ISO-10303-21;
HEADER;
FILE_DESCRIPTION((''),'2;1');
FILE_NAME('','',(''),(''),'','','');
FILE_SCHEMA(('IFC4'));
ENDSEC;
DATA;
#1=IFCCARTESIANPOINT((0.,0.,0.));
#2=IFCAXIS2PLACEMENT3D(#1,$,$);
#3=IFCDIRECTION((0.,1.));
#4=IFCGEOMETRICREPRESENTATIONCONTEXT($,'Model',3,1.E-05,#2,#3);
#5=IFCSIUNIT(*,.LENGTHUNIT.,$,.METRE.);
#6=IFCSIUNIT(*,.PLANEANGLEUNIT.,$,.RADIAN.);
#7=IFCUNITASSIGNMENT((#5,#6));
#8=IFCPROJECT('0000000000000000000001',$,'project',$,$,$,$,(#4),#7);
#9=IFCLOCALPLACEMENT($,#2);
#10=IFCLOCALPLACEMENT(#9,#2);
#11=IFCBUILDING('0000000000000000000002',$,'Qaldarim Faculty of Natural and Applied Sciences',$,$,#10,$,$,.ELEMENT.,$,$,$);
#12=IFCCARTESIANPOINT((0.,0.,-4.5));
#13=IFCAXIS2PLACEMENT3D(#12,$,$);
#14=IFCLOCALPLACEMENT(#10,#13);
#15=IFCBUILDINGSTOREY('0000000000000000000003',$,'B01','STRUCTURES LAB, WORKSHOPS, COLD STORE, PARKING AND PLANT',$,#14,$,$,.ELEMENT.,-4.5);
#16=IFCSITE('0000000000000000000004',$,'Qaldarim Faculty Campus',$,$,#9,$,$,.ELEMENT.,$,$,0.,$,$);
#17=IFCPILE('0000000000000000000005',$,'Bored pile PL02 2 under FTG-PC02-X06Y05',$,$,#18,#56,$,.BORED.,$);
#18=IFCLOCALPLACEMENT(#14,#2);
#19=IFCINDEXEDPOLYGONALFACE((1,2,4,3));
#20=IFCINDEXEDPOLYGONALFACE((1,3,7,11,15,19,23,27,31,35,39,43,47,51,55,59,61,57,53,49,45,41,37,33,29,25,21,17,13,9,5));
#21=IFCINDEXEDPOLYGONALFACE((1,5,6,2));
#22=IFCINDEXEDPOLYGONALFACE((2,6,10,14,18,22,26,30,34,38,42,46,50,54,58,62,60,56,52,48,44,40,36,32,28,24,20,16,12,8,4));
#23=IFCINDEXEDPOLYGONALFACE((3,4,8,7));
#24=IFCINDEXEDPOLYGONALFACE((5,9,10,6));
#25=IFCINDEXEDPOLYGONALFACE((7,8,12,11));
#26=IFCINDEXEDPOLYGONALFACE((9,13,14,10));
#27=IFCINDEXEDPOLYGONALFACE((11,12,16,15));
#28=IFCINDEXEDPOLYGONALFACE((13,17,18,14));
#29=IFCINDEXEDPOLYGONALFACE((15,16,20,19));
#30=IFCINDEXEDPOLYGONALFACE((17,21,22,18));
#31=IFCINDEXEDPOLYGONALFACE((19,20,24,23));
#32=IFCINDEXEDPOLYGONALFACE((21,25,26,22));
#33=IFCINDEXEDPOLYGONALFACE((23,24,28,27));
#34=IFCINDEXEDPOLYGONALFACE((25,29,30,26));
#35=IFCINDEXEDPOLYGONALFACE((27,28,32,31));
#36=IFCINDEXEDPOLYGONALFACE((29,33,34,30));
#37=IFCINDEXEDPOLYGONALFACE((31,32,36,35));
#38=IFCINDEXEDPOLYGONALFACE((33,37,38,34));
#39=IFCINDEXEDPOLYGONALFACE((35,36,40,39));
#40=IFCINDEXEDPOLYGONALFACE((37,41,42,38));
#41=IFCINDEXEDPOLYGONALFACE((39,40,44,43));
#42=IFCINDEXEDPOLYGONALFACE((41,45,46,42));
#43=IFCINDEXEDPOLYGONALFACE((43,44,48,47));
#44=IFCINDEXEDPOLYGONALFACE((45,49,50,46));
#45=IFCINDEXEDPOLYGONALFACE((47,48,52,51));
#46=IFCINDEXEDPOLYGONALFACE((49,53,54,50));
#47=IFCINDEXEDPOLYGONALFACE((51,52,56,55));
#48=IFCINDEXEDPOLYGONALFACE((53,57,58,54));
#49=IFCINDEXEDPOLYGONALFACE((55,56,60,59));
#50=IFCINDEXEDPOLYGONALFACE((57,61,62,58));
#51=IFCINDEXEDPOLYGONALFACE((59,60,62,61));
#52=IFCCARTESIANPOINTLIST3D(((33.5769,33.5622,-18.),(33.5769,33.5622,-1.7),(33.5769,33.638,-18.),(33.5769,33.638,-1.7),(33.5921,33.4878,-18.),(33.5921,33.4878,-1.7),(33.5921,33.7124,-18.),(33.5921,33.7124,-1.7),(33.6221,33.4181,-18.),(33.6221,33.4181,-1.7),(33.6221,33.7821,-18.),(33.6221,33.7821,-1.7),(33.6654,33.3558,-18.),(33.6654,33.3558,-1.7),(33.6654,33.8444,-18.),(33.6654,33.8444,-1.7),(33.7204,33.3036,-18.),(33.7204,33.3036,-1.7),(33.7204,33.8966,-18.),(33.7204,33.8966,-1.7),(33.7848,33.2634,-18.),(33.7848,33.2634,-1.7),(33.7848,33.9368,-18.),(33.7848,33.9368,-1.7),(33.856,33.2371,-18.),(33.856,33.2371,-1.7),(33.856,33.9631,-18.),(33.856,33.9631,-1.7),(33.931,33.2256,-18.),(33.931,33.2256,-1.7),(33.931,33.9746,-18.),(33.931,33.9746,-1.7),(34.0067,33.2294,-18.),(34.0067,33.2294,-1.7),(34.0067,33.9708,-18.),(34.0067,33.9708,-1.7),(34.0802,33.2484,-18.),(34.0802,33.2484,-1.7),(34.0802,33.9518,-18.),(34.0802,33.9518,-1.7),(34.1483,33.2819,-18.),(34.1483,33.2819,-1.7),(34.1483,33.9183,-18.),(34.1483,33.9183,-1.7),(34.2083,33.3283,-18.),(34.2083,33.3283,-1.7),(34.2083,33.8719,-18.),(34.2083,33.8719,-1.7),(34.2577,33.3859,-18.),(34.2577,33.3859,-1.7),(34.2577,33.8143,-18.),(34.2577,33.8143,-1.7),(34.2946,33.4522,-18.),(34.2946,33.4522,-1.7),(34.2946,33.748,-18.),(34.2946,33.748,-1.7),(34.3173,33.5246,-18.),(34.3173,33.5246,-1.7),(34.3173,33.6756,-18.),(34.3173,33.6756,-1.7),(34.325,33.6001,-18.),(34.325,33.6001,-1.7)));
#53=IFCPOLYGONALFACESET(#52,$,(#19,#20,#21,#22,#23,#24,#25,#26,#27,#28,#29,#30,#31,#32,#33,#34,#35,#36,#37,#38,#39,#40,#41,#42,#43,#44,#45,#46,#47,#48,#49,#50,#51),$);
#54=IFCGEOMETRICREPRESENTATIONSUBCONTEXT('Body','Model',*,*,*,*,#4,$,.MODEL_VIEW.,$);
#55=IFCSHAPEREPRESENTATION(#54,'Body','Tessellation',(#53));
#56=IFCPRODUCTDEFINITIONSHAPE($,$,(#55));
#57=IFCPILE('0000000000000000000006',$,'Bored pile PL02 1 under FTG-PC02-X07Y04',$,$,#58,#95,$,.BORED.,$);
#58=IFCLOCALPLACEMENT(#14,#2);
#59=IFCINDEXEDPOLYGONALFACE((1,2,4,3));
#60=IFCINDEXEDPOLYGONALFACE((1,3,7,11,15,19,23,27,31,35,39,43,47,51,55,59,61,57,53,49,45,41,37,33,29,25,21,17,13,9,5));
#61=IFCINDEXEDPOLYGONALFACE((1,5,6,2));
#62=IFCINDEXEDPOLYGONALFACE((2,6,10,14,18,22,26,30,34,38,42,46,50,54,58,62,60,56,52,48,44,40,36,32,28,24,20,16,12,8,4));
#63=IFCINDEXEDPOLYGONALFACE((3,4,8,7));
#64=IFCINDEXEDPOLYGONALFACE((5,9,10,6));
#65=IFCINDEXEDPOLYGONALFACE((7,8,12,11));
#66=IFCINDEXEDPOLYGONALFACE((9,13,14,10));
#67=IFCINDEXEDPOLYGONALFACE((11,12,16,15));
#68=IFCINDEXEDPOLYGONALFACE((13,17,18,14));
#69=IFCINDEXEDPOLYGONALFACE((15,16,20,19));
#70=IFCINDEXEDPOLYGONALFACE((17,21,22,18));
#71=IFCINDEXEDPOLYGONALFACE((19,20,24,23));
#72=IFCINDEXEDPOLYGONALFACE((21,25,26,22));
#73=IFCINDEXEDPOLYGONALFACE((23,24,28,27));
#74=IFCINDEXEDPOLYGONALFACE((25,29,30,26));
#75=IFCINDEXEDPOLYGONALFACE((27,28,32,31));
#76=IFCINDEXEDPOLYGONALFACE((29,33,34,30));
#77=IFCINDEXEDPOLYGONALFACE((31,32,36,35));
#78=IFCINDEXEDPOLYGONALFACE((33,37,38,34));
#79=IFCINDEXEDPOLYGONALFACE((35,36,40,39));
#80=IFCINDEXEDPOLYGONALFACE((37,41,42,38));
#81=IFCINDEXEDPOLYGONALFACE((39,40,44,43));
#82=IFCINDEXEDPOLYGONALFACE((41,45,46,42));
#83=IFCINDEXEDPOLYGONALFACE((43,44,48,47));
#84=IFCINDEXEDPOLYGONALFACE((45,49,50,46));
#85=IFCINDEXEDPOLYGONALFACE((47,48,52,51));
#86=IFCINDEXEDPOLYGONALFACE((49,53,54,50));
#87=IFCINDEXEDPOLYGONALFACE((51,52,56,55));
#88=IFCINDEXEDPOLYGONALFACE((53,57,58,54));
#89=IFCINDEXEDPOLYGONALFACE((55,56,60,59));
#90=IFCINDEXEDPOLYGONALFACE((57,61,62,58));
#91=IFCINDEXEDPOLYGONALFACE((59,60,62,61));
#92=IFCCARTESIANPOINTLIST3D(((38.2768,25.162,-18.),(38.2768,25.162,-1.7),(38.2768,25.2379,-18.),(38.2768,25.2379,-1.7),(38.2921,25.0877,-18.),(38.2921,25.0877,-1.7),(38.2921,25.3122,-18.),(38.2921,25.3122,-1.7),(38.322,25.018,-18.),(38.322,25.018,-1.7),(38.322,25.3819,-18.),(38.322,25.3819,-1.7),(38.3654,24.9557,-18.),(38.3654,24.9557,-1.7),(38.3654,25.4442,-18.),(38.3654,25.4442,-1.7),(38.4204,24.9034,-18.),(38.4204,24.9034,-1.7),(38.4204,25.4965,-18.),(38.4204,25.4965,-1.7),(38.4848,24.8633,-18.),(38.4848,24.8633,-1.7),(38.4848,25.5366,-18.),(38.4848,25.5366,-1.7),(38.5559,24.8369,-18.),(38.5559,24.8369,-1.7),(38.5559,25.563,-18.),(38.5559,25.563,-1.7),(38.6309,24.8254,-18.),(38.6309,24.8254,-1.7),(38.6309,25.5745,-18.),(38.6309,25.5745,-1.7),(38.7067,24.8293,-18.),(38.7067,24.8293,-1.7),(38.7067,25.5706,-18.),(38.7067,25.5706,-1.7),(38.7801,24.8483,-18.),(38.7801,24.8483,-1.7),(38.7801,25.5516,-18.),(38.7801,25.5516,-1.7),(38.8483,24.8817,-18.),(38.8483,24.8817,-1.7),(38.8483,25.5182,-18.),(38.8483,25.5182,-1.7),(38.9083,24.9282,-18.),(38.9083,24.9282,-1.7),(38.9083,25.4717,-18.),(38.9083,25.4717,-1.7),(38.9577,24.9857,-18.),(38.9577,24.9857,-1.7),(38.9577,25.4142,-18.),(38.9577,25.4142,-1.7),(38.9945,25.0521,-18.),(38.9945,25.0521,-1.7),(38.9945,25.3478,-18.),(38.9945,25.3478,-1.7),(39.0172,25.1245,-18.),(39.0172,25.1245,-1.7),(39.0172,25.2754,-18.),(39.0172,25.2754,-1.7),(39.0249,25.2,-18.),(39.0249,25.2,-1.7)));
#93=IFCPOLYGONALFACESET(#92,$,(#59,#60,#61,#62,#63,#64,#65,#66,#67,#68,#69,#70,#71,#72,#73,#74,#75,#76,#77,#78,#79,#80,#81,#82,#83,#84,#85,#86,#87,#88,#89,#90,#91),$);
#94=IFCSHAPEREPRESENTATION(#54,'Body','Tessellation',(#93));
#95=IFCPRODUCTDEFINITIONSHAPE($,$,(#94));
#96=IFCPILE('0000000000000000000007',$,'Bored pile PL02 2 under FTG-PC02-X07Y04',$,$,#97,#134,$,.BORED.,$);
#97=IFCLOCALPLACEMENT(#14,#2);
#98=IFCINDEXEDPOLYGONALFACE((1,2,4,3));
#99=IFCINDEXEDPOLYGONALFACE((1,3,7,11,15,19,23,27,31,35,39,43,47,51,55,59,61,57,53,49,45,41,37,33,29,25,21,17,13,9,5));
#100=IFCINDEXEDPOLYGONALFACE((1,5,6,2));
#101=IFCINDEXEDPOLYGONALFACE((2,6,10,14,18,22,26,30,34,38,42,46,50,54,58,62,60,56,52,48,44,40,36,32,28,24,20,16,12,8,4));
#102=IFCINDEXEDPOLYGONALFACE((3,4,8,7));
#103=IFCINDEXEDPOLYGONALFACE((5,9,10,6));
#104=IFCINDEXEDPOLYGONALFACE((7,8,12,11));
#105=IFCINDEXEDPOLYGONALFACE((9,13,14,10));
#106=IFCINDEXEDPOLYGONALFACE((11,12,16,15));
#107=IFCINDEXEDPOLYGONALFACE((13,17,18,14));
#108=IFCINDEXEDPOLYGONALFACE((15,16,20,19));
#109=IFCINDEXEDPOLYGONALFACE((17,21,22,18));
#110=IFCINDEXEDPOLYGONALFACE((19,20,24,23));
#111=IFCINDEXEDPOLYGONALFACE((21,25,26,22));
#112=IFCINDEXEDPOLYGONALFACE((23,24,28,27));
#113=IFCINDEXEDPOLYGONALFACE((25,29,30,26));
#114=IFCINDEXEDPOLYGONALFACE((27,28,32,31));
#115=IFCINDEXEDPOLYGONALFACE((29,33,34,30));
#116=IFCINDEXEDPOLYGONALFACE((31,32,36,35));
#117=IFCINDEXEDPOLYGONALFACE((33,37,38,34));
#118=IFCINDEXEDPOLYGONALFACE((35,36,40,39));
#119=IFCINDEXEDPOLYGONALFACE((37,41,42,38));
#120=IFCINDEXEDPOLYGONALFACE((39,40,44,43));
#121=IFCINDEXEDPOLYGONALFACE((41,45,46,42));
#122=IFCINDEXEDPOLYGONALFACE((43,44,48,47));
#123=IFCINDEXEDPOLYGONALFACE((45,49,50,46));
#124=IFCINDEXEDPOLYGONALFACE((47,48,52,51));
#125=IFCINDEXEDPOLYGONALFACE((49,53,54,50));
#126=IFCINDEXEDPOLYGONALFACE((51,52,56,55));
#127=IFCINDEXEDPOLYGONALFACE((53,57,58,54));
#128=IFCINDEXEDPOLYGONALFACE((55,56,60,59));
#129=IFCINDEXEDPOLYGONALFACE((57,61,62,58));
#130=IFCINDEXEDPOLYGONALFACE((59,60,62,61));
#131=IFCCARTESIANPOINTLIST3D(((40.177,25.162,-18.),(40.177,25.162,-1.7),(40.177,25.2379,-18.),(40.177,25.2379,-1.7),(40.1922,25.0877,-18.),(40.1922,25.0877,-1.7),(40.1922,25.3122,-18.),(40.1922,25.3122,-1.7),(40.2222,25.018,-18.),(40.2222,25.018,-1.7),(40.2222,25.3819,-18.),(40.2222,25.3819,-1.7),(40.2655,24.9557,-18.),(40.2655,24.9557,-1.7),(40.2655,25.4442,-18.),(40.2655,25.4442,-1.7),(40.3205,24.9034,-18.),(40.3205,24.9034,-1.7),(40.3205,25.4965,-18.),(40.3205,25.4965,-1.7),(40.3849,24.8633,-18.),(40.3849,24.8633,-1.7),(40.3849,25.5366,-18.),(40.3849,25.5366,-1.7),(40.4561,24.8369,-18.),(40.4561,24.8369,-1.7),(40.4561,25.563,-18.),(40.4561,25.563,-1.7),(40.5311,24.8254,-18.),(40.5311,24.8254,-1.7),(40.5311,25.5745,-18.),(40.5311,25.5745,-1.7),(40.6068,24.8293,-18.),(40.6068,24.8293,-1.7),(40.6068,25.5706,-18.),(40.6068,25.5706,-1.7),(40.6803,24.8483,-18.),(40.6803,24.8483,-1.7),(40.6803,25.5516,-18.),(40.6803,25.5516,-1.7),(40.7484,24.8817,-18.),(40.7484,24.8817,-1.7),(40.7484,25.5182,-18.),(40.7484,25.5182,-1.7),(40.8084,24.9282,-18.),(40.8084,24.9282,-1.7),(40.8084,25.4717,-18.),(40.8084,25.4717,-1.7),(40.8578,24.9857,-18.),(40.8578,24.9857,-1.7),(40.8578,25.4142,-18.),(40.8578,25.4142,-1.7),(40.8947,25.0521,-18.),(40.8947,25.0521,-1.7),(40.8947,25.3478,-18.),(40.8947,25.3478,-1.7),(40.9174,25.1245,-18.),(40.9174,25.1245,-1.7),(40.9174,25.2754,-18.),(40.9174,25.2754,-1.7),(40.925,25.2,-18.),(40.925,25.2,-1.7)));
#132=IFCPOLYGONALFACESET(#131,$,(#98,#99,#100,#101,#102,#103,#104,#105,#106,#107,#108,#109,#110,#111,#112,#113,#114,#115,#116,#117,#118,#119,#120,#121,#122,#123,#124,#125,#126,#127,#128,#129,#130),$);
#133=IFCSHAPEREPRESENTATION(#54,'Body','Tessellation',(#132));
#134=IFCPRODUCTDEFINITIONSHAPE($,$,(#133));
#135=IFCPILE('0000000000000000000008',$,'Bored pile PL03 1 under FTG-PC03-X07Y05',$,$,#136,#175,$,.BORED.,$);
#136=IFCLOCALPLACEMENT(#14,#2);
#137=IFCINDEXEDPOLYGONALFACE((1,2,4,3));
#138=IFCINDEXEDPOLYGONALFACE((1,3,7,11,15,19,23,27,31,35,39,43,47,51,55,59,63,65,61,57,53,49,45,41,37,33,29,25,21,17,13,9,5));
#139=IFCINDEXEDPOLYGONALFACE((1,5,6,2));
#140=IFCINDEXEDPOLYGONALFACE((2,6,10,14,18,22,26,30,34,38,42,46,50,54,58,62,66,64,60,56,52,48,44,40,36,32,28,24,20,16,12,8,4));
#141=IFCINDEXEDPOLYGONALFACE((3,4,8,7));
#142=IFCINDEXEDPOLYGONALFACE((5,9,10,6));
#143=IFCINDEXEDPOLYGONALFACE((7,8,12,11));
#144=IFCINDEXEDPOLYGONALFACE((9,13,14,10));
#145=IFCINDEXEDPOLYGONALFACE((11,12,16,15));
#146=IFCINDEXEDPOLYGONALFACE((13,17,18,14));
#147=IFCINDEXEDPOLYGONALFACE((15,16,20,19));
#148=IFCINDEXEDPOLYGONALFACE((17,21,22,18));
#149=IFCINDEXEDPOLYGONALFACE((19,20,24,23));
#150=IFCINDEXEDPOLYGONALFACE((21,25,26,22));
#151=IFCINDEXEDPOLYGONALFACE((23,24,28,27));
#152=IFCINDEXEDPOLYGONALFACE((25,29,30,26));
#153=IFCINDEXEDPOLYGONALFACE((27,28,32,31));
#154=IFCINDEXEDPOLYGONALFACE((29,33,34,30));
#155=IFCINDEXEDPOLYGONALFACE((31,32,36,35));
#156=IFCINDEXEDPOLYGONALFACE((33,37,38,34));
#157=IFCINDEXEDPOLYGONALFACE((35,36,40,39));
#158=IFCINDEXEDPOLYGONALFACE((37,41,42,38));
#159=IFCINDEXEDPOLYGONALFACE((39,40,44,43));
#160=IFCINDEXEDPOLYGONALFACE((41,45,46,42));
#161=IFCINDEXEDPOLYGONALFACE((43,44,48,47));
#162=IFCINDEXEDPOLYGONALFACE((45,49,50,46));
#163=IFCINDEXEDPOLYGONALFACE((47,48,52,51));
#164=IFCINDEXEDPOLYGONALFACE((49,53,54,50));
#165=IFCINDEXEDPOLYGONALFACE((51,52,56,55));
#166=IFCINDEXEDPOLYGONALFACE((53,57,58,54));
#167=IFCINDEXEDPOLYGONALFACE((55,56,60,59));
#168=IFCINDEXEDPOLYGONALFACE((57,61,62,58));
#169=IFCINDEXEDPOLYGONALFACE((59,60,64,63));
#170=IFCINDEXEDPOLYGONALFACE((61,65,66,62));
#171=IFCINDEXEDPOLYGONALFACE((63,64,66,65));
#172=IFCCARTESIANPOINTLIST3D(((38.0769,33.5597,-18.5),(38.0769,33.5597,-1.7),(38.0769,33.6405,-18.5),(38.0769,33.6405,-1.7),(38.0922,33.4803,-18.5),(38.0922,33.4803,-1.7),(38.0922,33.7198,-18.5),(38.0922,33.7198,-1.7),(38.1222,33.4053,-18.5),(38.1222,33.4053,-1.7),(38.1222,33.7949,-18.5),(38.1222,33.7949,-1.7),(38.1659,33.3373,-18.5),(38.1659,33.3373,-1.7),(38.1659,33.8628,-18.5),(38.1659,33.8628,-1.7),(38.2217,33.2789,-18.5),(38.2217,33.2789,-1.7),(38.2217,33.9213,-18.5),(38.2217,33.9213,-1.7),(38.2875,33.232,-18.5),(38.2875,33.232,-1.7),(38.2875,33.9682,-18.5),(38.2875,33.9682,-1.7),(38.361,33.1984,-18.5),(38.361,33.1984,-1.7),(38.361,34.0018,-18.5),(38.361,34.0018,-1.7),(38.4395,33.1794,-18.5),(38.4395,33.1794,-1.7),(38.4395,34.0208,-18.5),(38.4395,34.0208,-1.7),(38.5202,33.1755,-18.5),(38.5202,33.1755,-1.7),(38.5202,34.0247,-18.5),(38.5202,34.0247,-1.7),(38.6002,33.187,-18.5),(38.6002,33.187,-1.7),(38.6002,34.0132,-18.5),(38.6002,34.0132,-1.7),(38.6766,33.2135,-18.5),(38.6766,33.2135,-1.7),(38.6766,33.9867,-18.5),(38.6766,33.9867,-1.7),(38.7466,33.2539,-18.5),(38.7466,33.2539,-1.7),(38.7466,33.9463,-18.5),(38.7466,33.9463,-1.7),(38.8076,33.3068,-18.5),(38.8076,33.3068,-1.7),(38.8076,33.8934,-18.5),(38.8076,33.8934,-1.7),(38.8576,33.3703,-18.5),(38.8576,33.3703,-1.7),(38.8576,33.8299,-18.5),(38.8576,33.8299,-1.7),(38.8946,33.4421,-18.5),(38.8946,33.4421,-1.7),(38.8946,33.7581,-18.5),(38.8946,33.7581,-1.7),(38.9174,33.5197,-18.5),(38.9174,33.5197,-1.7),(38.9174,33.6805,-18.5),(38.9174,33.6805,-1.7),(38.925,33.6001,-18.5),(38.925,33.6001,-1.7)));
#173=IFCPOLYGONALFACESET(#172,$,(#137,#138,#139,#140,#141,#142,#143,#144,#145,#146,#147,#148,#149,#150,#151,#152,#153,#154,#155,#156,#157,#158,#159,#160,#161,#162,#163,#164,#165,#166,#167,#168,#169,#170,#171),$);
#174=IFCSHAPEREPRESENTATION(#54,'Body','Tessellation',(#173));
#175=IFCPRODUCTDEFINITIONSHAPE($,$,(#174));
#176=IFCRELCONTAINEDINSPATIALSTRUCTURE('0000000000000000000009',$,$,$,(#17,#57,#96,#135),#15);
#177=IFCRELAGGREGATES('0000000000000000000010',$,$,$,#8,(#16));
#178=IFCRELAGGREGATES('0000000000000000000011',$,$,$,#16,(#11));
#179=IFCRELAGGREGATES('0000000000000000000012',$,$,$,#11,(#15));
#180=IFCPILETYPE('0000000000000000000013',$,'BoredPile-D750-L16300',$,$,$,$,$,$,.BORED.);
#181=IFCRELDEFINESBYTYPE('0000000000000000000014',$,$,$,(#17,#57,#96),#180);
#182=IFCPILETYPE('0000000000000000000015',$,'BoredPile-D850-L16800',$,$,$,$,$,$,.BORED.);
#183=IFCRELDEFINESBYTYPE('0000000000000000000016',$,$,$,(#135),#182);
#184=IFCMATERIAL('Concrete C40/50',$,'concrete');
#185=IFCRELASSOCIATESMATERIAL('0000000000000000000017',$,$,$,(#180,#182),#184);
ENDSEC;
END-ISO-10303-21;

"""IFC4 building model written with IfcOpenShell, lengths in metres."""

from ifc_helpers import new_model, si_unit, direction, frame, origin, origin_2d, place, context, subcontext, project, spatial, circle, extrude, material, material_profile, profile_set, type_object, element, save


model = new_model("IFC4")

# Units and contexts
model_context = context("Model", 3, precision=1e-05, world=origin(), true_north=direction((0.0, 1.0)))
body_context = subcontext(model_context, "Body", "Model", "MODEL_VIEW")
ifc_project = project(units=[si_unit("LENGTHUNIT", "METRE"), si_unit("PLANEANGLEUNIT", "RADIAN")], contexts=[model_context])

# Site, building, storey
site_placement = place(None, origin())
site = spatial("IfcSite", under=ifc_project, at=site_placement, Name="Qaldarim Faculty Campus", CompositionType="ELEMENT", RefElevation=0.0)
building_placement = place(site_placement, origin())
building = spatial("IfcBuilding", under=site, at=building_placement, Name="Qaldarim Faculty of Natural and Applied Sciences", CompositionType="ELEMENT")
storey_placement = place(building_placement, frame((0.0, 0.0, -4.5)))
storey = spatial("IfcBuildingStorey", under=building, at=storey_placement, Name="B01", Description="STRUCTURES LAB, WORKSHOPS, COLD STORE, PARKING AND PLANT", CompositionType="ELEMENT", Elevation=-4.5)

# Piles
ifc_material_1 = material(Name="Concrete C40/50", Category="concrete")
ifc_material_profile_1 = material_profile(ifc_material_1, circle(Radius=0.375, at=origin_2d()), Name="PILE-D750")
ifc_profile_set_1 = profile_set([ifc_material_profile_1], Name="Concrete C40/50")
pile_type_1 = type_object("IfcPileType", Name="BoredPile-D750-L16300", PredefinedType="BORED", material=ifc_profile_set_1)
for number, where, z_axis, x_axis, name in (
    (1, (33.95, 33.6001, -1.7), (0.0, 0.0, -1.0), (1.0, 0.0, 0.0), "Bored pile PL02 2 under FTG-PC02-X06Y05"),
    (2, (38.6499, 25.2, -1.7), (0.0, 0.0, -1.0), (1.0, 0.0, 0.0), "Bored pile PL02 1 under FTG-PC02-X07Y04"),
    (3, (40.55, 25.2, -1.7), (0.0, 0.0, -1.0), (1.0, 0.0, 0.0), "Bored pile PL02 2 under FTG-PC02-X07Y04"),
):
    element("IfcPile", number, at=place(storey_placement, frame(where, z_axis=z_axis, x_axis=x_axis)), inside=storey, type_object=pile_type_1, Name=name, PredefinedType="BORED", context=body_context, shape_type="SweptSolid", body=[
        extrude(circle(Radius=0.375, at=origin_2d()), origin(), (0.0, 0.0, 1.0), 16.3),
    ])
ifc_material_profile_2 = material_profile(ifc_material_1, circle(Radius=0.425, at=origin_2d()), Name="PILE-D850")
ifc_profile_set_2 = profile_set([ifc_material_profile_2], Name="Concrete C40/50")
pile_type_2 = type_object("IfcPileType", Name="BoredPile-D850-L16800", PredefinedType="BORED", material=ifc_profile_set_2)
for number, where, z_axis, x_axis, name in (
    (4, (38.5, 33.6001, -1.7), (0.0, 0.0, -1.0), (1.0, 0.0, 0.0), "Bored pile PL03 1 under FTG-PC03-X07Y05"),
):
    element("IfcPile", number, at=place(storey_placement, frame(where, z_axis=z_axis, x_axis=x_axis)), inside=storey, type_object=pile_type_2, Name=name, PredefinedType="BORED", context=body_context, shape_type="SweptSolid", body=[
        extrude(circle(Radius=0.425, at=origin_2d()), origin(), (0.0, 0.0, 1.0), 16.8),
    ])

save(model, "model.ifc")
